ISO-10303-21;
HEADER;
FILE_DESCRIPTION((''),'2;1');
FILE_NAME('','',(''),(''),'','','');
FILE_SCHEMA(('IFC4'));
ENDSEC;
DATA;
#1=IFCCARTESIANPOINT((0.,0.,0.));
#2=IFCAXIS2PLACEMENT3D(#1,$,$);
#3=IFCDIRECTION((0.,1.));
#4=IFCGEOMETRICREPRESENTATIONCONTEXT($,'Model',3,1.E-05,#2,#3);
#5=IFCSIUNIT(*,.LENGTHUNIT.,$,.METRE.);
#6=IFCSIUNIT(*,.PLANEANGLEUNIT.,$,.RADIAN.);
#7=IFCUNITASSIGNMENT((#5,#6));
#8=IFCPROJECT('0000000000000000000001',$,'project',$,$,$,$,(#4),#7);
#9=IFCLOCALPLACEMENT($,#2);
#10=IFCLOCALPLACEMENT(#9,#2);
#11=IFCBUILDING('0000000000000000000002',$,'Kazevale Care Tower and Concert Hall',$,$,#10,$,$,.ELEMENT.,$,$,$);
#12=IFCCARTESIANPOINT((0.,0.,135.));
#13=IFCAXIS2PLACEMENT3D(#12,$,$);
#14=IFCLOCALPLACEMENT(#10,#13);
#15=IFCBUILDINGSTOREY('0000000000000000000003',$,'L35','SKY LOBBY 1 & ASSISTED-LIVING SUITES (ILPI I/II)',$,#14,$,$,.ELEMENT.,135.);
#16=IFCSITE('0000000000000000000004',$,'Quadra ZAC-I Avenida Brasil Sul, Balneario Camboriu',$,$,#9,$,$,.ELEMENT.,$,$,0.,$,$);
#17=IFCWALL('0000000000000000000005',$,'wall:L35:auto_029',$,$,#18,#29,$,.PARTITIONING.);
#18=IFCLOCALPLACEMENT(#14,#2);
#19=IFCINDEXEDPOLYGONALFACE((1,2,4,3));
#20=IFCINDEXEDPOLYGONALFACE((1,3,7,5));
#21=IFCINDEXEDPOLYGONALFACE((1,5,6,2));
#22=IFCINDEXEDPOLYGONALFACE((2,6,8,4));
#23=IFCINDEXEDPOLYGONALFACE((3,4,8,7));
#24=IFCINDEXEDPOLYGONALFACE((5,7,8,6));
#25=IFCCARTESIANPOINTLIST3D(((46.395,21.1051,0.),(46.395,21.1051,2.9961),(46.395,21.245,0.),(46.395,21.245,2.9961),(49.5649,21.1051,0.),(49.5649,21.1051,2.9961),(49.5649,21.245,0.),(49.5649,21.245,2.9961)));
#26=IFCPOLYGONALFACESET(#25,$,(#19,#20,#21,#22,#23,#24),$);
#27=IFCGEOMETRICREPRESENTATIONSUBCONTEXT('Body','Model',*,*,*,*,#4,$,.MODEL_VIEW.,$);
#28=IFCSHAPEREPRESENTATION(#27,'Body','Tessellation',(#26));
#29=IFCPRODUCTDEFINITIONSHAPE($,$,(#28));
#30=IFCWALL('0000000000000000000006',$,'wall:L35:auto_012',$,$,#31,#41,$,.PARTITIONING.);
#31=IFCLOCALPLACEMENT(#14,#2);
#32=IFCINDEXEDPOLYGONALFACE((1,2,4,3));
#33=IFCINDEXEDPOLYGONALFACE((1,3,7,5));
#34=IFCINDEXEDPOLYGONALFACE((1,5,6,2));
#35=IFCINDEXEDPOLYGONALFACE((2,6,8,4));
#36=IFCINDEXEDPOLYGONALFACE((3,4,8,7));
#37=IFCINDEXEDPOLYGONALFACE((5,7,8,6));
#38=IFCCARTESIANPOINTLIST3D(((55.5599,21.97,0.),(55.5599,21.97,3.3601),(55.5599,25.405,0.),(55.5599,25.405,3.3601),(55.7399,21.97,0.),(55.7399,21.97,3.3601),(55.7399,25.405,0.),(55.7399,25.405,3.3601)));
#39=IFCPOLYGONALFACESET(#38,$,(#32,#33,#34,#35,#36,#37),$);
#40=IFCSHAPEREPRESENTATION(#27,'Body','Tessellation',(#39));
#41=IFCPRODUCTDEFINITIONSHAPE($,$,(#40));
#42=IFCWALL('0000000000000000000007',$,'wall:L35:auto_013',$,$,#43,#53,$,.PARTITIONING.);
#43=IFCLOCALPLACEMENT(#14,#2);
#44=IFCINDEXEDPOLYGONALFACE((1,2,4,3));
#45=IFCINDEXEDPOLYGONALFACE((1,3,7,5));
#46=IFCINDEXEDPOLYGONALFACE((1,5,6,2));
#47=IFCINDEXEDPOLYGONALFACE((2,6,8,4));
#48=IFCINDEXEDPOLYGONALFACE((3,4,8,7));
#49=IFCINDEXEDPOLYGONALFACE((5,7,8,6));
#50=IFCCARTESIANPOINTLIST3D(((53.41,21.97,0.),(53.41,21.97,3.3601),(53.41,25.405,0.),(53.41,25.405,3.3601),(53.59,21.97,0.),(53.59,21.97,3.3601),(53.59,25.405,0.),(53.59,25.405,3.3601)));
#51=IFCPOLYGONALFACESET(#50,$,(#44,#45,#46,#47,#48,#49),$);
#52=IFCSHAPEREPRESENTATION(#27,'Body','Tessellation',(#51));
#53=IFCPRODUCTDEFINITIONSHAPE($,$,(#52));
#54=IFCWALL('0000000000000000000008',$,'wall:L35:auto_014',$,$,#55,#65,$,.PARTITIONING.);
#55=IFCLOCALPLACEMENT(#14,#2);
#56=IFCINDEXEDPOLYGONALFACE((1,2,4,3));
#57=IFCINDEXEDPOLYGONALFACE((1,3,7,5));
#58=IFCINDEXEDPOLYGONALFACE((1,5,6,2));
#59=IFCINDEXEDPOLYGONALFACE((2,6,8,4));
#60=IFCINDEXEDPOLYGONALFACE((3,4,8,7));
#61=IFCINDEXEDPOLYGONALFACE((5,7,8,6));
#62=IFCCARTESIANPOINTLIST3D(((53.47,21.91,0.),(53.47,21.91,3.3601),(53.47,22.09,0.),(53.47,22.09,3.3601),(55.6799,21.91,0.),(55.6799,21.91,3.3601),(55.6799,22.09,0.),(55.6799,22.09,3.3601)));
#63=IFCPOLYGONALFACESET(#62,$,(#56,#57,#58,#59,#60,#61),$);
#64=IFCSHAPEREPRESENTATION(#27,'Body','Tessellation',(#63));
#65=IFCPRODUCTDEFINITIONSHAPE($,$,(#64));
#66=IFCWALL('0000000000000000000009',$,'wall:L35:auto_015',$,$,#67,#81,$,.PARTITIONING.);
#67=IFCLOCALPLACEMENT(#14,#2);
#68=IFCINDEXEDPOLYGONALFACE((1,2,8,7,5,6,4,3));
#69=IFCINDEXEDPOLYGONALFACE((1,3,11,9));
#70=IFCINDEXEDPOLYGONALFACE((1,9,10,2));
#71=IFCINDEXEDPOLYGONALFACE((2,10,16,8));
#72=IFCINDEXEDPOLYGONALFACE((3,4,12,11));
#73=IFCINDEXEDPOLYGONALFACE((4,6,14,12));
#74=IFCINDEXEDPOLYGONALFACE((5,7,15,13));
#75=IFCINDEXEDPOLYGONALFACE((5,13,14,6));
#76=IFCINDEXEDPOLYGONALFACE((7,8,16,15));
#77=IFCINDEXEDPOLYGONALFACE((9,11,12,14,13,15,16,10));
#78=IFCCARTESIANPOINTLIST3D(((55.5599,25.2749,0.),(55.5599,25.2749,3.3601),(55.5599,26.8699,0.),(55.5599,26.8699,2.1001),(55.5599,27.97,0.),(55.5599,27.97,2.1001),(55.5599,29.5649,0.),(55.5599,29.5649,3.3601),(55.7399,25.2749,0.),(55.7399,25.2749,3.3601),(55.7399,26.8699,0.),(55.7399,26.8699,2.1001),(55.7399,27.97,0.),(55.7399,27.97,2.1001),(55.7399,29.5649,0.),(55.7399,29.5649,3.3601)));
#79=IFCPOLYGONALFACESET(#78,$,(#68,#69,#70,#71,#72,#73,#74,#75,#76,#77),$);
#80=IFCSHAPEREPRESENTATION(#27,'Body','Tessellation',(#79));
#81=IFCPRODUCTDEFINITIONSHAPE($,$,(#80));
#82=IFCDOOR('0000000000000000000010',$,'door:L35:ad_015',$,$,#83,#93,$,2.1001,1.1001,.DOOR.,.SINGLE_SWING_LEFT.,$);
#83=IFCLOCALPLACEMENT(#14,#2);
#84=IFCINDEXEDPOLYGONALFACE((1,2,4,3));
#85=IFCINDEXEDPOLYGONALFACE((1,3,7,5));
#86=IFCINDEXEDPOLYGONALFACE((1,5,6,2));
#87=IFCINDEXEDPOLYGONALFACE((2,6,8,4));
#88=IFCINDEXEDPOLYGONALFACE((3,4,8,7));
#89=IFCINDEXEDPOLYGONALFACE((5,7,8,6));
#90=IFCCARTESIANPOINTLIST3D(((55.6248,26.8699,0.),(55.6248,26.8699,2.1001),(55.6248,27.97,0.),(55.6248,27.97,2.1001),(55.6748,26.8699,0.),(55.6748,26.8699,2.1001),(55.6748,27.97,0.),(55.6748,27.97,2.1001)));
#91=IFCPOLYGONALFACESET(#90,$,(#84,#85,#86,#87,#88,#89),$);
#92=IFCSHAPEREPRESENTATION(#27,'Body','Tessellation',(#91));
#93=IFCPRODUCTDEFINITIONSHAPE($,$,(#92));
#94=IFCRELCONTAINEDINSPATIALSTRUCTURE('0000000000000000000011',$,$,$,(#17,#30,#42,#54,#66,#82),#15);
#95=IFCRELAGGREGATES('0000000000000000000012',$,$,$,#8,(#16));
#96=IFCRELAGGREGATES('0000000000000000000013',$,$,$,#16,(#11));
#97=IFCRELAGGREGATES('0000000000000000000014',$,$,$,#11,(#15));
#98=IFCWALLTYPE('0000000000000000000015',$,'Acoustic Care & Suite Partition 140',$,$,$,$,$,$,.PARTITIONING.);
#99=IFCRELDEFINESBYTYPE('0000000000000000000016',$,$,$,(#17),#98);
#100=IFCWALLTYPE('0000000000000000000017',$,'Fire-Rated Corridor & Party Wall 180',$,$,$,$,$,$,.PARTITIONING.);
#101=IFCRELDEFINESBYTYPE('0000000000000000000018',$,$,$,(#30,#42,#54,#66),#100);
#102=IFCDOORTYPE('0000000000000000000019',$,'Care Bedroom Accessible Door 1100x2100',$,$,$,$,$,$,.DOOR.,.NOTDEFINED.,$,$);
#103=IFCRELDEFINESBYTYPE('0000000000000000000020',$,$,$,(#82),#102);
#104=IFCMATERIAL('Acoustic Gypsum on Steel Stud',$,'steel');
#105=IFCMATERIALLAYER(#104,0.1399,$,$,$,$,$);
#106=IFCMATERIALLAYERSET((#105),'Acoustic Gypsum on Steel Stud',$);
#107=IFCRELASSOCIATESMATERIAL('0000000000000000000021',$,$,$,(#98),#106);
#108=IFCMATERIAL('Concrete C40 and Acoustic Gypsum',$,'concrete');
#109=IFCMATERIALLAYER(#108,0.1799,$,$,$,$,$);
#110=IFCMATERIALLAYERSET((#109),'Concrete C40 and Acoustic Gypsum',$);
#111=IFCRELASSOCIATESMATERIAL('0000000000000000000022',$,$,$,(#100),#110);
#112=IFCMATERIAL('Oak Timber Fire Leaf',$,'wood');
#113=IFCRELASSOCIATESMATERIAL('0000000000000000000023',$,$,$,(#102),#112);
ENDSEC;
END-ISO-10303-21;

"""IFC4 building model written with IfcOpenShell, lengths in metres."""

from ifc_helpers import new_model, si_unit, direction, frame, frame_2d, origin, place, context, subcontext, project, spatial, rectangle, extrude, material, layer, layer_set, type_object, element, fill, save


model = new_model("IFC4")

# Units and contexts
model_context = context("Model", 3, precision=1e-05, world=origin(), true_north=direction((0.0, 1.0)))
body_context = subcontext(model_context, "Body", "Model", "MODEL_VIEW")
ifc_project = project(units=[si_unit("LENGTHUNIT", "METRE"), si_unit("PLANEANGLEUNIT", "RADIAN")], contexts=[model_context])

# Site, building, storey
site_placement = place(None, origin())
site = spatial("IfcSite", under=ifc_project, at=site_placement, Name="Quadra ZAC-I Avenida Brasil Sul, Balneario Camboriu", CompositionType="ELEMENT", RefElevation=0.0)
building_placement = place(site_placement, origin())
building = spatial("IfcBuilding", under=site, at=building_placement, Name="Kazevale Care Tower and Concert Hall", CompositionType="ELEMENT")
storey_placement = place(building_placement, frame((0.0, 0.0, 135.0)))
storey = spatial("IfcBuildingStorey", under=building, at=storey_placement, Name="L35", Description="SKY LOBBY 1 & ASSISTED-LIVING SUITES (ILPI I/II)", CompositionType="ELEMENT", Elevation=135.0)

# Walls
ifc_material_1 = material(Name="Acoustic Gypsum on Steel Stud", Category="steel")
ifc_layer_1 = layer(ifc_material_1, 0.1399)
ifc_layer_set_1 = layer_set([ifc_layer_1], Name="Acoustic Gypsum on Steel Stud")
wall_type_1 = type_object("IfcWallType", Name="Acoustic Care & Suite Partition 140", PredefinedType="PARTITIONING", material=ifc_layer_set_1)
wall_1_placement = place(storey_placement, frame((49.5649, 21.175, 0.0), z_axis=(0.0, 0.0, 1.0), x_axis=(-1.0, 0.0, 0.0)))
element("IfcWall", 1, at=wall_1_placement, inside=storey, type_object=wall_type_1, Name="wall:L35:auto_029", PredefinedType="PARTITIONING", context=body_context, shape_type="SweptSolid", body=[
    extrude(rectangle(XDim=3.1699, YDim=0.1399, at=frame_2d((1.585, 0.0))), origin(), (0.0, 0.0, 1.0), 2.9961),
])
ifc_material_2 = material(Name="Concrete C40 and Acoustic Gypsum", Category="concrete")
ifc_layer_2 = layer(ifc_material_2, 0.1799)
ifc_layer_set_2 = layer_set([ifc_layer_2], Name="Concrete C40 and Acoustic Gypsum")
wall_type_2 = type_object("IfcWallType", Name="Fire-Rated Corridor & Party Wall 180", PredefinedType="PARTITIONING", material=ifc_layer_set_2)
for number, where, z_axis, x_axis, name in (
    (2, (55.6499, 25.405, 0.0), (0.0, 0.0, 1.0), (0.0, -1.0, 0.0), "wall:L35:auto_012"),
    (3, (53.5, 21.97, 0.0), (0.0, 0.0, 1.0), (0.0, 1.0, 0.0), "wall:L35:auto_013"),
):
    element("IfcWall", number, at=place(storey_placement, frame(where, z_axis=z_axis, x_axis=x_axis)), inside=storey, type_object=wall_type_2, Name=name, PredefinedType="PARTITIONING", context=body_context, shape_type="SweptSolid", body=[
        extrude(rectangle(XDim=3.4351, YDim=0.1799, at=frame_2d((1.7175, 0.0))), origin(), (0.0, 0.0, 1.0), 3.3601),
    ])
wall_2_placement = place(storey_placement, frame((55.6799, 22.0, 0.0), z_axis=(0.0, 0.0, 1.0), x_axis=(-1.0, 0.0, 0.0)))
element("IfcWall", 4, at=wall_2_placement, inside=storey, type_object=wall_type_2, Name="wall:L35:auto_014", PredefinedType="PARTITIONING", context=body_context, shape_type="SweptSolid", body=[
    extrude(rectangle(XDim=2.21, YDim=0.1799, at=frame_2d((1.105, 0.0))), origin(), (0.0, 0.0, 1.0), 3.3601),
])

# Wall, opening, door
wall_3_placement = place(storey_placement, frame((55.6499, 29.5649, 0.0), z_axis=(0.0, 0.0, 1.0), x_axis=(0.0, -1.0, 0.0)))
wall_3 = element("IfcWall", 5, at=wall_3_placement, inside=storey, type_object=wall_type_2, Name="wall:L35:auto_015", PredefinedType="PARTITIONING", context=body_context, shape_type="SweptSolid", body=[
    extrude(rectangle(XDim=4.29, YDim=0.1799, at=frame_2d((2.145, 0.0))), origin(), (0.0, 0.0, 1.0), 3.3601),
])
opening_1_placement = place(wall_3_placement, frame((1.595, 0.0, 0.0)))
opening_1 = element("IfcOpeningElement", 6, at=opening_1_placement, cuts=wall_3, PredefinedType="OPENING", context=body_context, shape_type="SweptSolid", body=[
    extrude(rectangle(XDim=1.1001, YDim=2.1001, at=frame_2d((0.55, 1.05))), frame((0.0, 0.0999, 0.0), z_axis=(0.0, -1.0, 0.0), x_axis=(1.0, 0.0, 0.0)), (0.0, 0.0, 1.0), 0.2),
])
ifc_material_3 = material(Name="Oak Timber Fire Leaf", Category="wood")
door_type_1 = type_object("IfcDoorType", Name="Care Bedroom Accessible Door 1100x2100", OperationType="NOTDEFINED", PredefinedType="DOOR", material=ifc_material_3)
door_1_placement = place(opening_1_placement, origin())
door_1 = element("IfcDoor", 7, at=door_1_placement, inside=storey, type_object=door_type_1, Name="door:L35:ad_015", OperationType="SINGLE_SWING_LEFT", OverallHeight=2.1001, OverallWidth=1.1001, PredefinedType="DOOR", context=body_context, shape_type="SweptSolid", body=[
    extrude(rectangle(XDim=1.1001, YDim=2.1001, at=frame_2d((0.55, 1.05))), frame((0.0, 0.0249, 0.0), z_axis=(0.0, -1.0, 0.0), x_axis=(1.0, 0.0, 0.0)), (0.0, 0.0, 1.0), 0.05),
])
fill(opening_1, door_1)

save(model, "model.ifc")
